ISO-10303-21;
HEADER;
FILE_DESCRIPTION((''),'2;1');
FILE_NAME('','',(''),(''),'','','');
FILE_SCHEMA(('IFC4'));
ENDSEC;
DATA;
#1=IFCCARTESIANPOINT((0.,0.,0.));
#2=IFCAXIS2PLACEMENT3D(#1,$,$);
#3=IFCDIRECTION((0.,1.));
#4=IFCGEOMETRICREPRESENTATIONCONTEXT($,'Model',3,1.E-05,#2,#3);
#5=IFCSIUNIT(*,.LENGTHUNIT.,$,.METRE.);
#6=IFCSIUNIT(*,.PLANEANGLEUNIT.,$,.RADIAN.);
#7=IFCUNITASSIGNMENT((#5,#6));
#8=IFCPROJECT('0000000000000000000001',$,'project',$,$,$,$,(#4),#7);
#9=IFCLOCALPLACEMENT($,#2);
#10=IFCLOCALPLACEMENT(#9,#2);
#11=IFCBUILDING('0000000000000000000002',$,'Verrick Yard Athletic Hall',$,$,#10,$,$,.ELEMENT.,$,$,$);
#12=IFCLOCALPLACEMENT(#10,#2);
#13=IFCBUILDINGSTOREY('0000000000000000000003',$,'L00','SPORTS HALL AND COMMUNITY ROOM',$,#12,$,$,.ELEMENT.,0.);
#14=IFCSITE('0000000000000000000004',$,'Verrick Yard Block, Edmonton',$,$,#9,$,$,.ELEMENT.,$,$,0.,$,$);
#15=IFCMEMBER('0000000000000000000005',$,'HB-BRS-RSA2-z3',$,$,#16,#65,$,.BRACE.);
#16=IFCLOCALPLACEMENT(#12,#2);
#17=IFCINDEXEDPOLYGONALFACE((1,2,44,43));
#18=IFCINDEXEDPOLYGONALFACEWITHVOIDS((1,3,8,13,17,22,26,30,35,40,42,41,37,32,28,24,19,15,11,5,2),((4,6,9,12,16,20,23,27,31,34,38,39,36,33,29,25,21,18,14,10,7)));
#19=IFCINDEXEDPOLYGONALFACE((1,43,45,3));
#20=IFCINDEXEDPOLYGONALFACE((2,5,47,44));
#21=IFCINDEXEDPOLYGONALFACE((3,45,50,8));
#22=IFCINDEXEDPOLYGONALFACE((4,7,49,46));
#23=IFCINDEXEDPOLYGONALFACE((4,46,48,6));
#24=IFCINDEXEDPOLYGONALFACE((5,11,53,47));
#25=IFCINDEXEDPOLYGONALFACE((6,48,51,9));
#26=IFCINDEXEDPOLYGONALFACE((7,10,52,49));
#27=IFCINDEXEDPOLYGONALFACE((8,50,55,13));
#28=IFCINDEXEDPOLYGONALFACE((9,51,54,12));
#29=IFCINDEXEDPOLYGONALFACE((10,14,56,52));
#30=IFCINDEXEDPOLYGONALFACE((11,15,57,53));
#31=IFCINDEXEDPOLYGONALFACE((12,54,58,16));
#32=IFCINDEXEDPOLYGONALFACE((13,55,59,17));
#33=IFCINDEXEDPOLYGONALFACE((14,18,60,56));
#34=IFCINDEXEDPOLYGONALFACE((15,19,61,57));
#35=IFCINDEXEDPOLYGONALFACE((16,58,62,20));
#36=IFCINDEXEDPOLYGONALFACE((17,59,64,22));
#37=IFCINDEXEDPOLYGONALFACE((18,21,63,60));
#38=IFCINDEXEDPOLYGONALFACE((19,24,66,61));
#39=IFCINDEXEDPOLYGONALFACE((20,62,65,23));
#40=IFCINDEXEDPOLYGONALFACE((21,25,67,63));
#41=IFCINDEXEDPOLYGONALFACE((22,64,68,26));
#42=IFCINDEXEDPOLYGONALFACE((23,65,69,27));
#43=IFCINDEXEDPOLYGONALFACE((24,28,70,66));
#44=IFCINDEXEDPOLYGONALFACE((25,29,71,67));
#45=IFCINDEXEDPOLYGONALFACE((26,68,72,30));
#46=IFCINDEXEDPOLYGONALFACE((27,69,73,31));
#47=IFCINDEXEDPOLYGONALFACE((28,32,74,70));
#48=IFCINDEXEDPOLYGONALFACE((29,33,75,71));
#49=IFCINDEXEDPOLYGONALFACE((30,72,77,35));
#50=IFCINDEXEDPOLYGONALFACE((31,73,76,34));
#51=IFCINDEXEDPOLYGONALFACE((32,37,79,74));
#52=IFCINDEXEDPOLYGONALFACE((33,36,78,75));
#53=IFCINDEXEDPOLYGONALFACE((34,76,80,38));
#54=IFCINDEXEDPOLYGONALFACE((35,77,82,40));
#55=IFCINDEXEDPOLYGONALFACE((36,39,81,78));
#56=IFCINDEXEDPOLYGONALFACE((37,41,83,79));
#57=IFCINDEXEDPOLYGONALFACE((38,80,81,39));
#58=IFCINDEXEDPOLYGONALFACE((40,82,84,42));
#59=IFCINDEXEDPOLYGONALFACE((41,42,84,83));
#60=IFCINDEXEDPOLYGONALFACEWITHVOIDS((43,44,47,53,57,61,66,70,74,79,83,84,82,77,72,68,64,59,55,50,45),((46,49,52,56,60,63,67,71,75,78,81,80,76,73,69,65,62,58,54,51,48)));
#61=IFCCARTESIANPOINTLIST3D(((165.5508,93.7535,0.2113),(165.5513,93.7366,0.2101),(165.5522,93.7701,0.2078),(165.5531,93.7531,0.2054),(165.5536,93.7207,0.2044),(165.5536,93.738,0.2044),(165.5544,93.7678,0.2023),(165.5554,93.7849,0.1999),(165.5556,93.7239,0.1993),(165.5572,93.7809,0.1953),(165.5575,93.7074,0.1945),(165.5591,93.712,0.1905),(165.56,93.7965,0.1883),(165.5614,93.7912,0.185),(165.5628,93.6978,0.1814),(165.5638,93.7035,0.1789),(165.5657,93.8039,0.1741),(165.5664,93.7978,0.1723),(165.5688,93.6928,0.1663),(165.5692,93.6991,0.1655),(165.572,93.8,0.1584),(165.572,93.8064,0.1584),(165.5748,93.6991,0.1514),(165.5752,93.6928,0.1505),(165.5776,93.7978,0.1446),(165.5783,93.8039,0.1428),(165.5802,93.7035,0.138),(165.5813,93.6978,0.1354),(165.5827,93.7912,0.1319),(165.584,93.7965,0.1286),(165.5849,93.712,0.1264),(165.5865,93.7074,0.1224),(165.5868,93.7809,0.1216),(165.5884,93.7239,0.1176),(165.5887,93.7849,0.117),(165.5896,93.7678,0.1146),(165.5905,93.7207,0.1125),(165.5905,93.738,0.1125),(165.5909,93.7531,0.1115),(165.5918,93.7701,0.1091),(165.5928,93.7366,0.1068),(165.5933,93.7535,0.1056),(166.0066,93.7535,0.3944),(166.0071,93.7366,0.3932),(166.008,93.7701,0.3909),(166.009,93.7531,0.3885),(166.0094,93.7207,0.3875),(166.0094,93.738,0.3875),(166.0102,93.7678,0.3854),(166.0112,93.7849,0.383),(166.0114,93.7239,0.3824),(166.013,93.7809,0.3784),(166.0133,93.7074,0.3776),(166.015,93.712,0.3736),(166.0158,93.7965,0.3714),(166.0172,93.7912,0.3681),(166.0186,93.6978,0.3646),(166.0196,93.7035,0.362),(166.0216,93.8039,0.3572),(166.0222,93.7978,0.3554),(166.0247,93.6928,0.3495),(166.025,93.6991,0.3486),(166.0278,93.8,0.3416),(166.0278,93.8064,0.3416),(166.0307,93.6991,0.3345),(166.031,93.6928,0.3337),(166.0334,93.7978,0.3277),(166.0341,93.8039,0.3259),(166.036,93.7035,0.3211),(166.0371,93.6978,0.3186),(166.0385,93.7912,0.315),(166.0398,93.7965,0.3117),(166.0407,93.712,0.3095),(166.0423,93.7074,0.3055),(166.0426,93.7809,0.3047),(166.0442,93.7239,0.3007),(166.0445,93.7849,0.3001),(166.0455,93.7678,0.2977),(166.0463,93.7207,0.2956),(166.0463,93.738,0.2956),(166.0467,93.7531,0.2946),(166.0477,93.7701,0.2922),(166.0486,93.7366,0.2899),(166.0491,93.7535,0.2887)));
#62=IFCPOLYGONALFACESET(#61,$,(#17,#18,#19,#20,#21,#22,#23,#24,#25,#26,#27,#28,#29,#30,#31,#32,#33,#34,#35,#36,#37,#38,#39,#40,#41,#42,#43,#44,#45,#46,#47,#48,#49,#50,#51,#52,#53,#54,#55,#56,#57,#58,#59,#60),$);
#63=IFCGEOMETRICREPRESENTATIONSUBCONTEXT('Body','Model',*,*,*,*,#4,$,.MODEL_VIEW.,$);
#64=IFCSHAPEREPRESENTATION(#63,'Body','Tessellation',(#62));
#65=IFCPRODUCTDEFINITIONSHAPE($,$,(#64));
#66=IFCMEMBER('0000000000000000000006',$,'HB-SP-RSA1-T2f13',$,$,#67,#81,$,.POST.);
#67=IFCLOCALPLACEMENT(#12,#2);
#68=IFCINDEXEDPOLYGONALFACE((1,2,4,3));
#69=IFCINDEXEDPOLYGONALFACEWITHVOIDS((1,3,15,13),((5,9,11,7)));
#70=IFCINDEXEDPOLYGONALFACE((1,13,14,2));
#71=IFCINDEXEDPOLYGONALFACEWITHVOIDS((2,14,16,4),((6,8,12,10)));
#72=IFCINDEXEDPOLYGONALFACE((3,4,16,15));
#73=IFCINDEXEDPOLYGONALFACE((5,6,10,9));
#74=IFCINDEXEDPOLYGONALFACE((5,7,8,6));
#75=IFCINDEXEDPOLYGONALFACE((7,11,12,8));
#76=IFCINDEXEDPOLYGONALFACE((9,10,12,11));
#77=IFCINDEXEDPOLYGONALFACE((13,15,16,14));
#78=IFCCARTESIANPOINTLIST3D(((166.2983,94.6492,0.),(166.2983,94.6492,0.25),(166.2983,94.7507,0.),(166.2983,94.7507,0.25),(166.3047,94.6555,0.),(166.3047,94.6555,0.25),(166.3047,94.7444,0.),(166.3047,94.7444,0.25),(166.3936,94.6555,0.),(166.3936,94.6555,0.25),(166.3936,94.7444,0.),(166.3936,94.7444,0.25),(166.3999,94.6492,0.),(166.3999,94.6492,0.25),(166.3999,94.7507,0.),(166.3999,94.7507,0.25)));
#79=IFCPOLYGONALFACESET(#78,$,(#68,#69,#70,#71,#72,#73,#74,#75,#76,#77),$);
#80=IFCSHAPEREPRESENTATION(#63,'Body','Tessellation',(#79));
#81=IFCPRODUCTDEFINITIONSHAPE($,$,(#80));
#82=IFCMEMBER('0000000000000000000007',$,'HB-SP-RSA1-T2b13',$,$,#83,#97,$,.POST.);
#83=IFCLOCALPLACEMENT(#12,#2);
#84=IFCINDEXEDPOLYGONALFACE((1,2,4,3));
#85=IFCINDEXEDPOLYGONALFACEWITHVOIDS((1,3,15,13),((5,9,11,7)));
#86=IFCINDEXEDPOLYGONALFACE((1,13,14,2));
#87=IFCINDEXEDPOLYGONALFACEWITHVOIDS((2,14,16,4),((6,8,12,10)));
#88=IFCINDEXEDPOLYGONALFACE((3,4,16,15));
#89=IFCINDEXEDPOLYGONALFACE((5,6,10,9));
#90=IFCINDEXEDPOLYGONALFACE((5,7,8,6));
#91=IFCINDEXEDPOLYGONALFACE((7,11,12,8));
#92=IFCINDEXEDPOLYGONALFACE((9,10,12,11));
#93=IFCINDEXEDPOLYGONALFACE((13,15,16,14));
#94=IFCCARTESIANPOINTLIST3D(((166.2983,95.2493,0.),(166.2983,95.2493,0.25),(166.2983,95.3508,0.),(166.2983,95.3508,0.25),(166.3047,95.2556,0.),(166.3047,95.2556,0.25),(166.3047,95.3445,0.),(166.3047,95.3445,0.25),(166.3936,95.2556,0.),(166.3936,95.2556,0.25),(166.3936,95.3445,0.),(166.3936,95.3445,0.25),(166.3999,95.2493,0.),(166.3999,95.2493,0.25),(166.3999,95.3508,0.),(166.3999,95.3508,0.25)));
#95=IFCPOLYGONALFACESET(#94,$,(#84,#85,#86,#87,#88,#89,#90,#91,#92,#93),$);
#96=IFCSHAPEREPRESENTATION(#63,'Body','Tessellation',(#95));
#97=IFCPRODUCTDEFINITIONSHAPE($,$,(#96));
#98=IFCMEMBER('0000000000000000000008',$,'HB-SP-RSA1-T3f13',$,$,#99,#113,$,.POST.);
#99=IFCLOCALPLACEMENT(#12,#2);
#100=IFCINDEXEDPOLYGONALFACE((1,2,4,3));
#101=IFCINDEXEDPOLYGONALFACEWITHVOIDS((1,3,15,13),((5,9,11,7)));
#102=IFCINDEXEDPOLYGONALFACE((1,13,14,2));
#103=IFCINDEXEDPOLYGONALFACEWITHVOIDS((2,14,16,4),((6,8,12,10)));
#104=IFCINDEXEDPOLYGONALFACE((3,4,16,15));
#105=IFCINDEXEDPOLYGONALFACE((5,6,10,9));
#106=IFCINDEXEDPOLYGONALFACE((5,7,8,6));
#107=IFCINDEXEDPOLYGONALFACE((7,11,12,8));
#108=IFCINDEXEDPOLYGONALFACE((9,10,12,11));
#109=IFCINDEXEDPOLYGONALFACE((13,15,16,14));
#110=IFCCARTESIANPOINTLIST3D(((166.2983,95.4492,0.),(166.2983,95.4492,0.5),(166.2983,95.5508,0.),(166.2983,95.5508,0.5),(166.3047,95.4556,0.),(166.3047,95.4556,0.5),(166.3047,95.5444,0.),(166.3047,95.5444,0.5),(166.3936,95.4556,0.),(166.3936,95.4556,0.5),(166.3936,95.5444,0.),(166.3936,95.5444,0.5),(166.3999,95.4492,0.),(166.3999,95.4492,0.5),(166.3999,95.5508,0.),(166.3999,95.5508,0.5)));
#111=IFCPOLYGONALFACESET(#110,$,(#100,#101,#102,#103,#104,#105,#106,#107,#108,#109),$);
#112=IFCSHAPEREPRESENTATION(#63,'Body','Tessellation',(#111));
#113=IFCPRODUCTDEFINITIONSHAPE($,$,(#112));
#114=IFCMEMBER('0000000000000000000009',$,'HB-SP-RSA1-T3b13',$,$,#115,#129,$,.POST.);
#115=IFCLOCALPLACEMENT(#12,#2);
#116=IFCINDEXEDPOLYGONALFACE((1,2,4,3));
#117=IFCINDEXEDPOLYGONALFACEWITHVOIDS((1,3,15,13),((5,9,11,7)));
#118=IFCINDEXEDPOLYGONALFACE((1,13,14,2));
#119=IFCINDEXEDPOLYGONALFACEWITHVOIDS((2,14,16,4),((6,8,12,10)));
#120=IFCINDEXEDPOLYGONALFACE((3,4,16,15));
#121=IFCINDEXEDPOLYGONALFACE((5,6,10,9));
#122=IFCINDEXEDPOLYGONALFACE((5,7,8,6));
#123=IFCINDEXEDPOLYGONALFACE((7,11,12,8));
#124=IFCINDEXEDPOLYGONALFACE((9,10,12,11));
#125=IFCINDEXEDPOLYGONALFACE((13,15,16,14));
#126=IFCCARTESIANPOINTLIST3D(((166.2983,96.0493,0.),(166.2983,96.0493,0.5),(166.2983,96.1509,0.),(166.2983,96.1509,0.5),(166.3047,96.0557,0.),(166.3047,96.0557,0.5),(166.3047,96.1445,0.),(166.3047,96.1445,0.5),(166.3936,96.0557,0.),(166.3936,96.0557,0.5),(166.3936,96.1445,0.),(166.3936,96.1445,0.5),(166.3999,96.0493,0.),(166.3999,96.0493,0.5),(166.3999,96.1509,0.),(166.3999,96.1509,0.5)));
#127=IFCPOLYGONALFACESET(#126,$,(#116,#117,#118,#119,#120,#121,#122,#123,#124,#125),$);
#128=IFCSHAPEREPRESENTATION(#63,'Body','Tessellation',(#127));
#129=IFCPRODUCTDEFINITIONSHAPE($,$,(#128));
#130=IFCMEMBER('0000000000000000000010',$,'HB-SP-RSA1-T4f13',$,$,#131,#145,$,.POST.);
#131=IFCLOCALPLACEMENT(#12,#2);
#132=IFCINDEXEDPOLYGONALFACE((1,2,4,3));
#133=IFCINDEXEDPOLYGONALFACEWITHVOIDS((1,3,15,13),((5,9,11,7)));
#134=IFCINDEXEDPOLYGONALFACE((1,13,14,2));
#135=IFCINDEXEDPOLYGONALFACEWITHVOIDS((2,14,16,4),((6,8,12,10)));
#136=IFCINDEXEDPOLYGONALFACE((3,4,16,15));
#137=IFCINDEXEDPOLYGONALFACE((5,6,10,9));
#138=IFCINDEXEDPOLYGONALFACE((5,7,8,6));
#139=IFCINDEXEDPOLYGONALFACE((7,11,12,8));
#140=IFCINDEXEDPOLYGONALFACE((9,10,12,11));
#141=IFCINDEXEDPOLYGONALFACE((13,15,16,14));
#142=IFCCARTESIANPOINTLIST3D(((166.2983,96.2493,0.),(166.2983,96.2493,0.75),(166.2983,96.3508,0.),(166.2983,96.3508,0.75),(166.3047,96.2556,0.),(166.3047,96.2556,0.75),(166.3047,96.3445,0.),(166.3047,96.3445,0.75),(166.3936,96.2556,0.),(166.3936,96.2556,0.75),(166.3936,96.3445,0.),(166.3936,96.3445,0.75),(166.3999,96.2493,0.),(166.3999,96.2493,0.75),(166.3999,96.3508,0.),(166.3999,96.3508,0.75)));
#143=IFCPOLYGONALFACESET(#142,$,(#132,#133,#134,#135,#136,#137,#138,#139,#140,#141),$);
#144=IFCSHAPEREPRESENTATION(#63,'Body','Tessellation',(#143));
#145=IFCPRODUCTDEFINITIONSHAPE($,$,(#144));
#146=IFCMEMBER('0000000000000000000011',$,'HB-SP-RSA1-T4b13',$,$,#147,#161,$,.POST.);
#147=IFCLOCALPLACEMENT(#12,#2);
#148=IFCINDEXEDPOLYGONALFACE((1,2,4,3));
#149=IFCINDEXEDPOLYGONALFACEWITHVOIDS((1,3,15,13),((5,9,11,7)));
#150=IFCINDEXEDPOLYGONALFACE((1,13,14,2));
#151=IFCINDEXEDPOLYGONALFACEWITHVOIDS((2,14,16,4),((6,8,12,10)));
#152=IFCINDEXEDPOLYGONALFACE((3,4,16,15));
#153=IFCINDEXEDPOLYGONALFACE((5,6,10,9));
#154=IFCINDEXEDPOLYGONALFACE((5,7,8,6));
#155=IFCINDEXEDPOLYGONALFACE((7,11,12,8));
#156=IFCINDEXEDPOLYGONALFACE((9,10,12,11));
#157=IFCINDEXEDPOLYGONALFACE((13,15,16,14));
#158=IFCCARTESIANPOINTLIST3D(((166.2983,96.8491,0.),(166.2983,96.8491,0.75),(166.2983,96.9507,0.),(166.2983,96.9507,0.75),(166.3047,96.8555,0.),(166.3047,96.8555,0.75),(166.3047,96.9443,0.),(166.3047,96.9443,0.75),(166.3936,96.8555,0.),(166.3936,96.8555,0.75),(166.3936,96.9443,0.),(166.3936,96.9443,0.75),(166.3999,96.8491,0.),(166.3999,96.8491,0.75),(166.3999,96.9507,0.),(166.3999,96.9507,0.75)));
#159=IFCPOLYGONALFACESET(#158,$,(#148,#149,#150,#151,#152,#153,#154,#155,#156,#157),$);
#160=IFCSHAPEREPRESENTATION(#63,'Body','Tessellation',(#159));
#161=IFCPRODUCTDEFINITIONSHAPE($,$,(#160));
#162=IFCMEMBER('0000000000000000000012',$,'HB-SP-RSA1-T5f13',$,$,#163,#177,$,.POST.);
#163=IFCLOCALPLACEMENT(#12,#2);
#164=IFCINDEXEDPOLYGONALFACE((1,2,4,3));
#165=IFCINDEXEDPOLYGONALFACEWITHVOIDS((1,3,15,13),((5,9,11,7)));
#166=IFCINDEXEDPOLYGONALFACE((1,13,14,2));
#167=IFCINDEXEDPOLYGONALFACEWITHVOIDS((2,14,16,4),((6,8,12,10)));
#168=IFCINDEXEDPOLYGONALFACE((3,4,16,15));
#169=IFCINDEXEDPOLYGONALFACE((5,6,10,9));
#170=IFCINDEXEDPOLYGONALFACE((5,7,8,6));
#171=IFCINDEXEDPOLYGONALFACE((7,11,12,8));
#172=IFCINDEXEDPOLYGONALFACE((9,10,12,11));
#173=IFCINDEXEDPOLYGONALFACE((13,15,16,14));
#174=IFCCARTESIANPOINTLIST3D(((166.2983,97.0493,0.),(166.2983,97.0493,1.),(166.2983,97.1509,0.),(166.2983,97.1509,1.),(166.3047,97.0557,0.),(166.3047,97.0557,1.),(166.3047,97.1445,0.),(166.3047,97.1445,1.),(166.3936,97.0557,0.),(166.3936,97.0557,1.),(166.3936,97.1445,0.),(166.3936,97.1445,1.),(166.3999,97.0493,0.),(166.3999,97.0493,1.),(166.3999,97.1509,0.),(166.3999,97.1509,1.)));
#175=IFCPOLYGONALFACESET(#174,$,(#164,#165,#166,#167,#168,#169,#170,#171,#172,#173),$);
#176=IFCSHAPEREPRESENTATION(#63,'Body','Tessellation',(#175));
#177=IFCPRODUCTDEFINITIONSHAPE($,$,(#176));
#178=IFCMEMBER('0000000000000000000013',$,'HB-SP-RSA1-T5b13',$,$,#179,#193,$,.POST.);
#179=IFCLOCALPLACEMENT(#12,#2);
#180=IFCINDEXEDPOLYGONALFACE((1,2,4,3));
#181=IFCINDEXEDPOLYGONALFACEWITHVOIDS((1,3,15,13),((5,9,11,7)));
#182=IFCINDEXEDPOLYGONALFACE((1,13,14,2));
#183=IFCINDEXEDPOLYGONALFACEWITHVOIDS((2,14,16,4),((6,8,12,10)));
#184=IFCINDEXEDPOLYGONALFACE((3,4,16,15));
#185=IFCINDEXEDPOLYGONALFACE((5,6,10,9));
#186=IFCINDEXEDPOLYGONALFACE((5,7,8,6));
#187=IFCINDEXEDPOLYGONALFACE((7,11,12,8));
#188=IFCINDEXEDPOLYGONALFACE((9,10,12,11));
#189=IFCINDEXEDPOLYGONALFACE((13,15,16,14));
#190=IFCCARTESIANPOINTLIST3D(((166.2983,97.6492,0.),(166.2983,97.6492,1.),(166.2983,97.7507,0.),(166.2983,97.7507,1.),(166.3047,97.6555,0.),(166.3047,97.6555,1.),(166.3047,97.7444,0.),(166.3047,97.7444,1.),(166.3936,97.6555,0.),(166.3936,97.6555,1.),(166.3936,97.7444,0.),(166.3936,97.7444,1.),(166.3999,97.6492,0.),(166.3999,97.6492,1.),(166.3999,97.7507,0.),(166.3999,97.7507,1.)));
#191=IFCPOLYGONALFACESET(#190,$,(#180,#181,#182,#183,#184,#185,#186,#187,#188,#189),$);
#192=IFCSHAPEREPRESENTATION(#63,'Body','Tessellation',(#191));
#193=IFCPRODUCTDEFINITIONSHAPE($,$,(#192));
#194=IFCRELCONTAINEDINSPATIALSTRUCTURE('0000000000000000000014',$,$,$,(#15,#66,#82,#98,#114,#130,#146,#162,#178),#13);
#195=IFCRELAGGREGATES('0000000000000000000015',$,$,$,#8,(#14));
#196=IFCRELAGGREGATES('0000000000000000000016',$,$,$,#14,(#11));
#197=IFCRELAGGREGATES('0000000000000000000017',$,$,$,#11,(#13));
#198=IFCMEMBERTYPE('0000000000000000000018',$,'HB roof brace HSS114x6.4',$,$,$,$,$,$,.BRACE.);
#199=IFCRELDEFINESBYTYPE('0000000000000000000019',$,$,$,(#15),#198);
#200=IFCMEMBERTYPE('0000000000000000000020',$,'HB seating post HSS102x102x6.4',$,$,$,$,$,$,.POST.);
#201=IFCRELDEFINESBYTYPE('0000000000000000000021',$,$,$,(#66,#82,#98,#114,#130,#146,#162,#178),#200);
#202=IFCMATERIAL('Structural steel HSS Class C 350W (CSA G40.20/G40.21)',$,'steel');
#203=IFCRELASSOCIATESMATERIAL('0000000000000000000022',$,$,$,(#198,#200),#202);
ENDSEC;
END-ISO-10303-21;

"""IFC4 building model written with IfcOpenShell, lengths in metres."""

from ifc_helpers import new_model, si_unit, direction, frame, origin, origin_2d, place, context, subcontext, project, spatial, hollow_rectangle, hollow_circle, extrude, material, material_profile, profile_set, type_object, element, save


model = new_model("IFC4")

# Units and contexts
model_context = context("Model", 3, precision=1e-05, world=origin(), true_north=direction((0.0, 1.0)))
body_context = subcontext(model_context, "Body", "Model", "MODEL_VIEW")
ifc_project = project(units=[si_unit("LENGTHUNIT", "METRE"), si_unit("PLANEANGLEUNIT", "RADIAN")], contexts=[model_context])

# Site, building, storey
site_placement = place(None, origin())
site = spatial("IfcSite", under=ifc_project, at=site_placement, Name="Verrick Yard Block, Edmonton", CompositionType="ELEMENT", RefElevation=0.0)
building_placement = place(site_placement, origin())
building = spatial("IfcBuilding", under=site, at=building_placement, Name="Verrick Yard Athletic Hall", CompositionType="ELEMENT")
storey_placement = place(building_placement, origin())
storey = spatial("IfcBuildingStorey", under=building, at=storey_placement, Name="L00", Description="SPORTS HALL AND COMMUNITY ROOM", CompositionType="ELEMENT", Elevation=0.0)

# Members
ifc_material = material(Name="Structural steel HSS Class C 350W (CSA G40.20/G40.21)", Category="steel")
ifc_material_profile_1 = material_profile(ifc_material, hollow_circle(Radius=0.0571, WallThickness=0.0063, at=origin_2d()), Name="HSS114x6.4")
ifc_profile_set_1 = profile_set([ifc_material_profile_1], Name="Structural steel HSS Class C 350W (CSA G40.20/G40.21)")
member_type_1 = type_object("IfcMemberType", Name="HB roof brace HSS114x6.4", PredefinedType="BRACE", material=ifc_profile_set_1)
member_1_placement = place(storey_placement, frame((165.572, 93.7493, 0.1584), z_axis=(0.927927, 0.0, 0.372761), x_axis=(0.0, 1.0, 0.0)))
element("IfcMember", 1, at=member_1_placement, inside=storey, type_object=member_type_1, Name="HB-BRS-RSA2-z3", PredefinedType="BRACE", context=body_context, shape_type="SweptSolid", body=[
    extrude(hollow_circle(Radius=0.0571, WallThickness=0.0063, at=origin_2d()), origin(), (0.0, 0.0, 1.0), 0.4912),
])
ifc_material_profile_2 = material_profile(ifc_material, hollow_rectangle(XDim=0.1016, YDim=0.1016, WallThickness=0.0063, at=origin_2d()), Name="HSS102x102x6.4")
ifc_profile_set_2 = profile_set([ifc_material_profile_2], Name="Structural steel HSS Class C 350W (CSA G40.20/G40.21)")
member_type_2 = type_object("IfcMemberType", Name="HB seating post HSS102x102x6.4", PredefinedType="POST", material=ifc_profile_set_2)
for number, where, z_axis, x_axis, name in (
    (2, (166.3491, 94.7, 0.0), (0.0, 0.0, 1.0), (0.0, 1.0, 0.0), "HB-SP-RSA1-T2f13"),
    (3, (166.3491, 95.3, 0.0), (0.0, 0.0, 1.0), (0.0, 1.0, 0.0), "HB-SP-RSA1-T2b13"),
):
    element("IfcMember", number, at=place(storey_placement, frame(where, z_axis=z_axis, x_axis=x_axis)), inside=storey, type_object=member_type_2, Name=name, PredefinedType="POST", context=body_context, shape_type="SweptSolid", body=[
        extrude(hollow_rectangle(XDim=0.1016, YDim=0.1016, WallThickness=0.0063, at=origin_2d()), origin(), (0.0, 0.0, 1.0), 0.25),
    ])
for number, where, z_axis, x_axis, name in (
    (4, (166.3491, 95.5, 0.0), (0.0, 0.0, 1.0), (0.0, 1.0, 0.0), "HB-SP-RSA1-T3f13"),
    (5, (166.3491, 96.1001, 0.0), (0.0, 0.0, 1.0), (0.0, 1.0, 0.0), "HB-SP-RSA1-T3b13"),
):
    element("IfcMember", number, at=place(storey_placement, frame(where, z_axis=z_axis, x_axis=x_axis)), inside=storey, type_object=member_type_2, Name=name, PredefinedType="POST", context=body_context, shape_type="SweptSolid", body=[
        extrude(hollow_rectangle(XDim=0.1016, YDim=0.1016, WallThickness=0.0063, at=origin_2d()), origin(), (0.0, 0.0, 1.0), 0.5),
    ])
for number, where, z_axis, x_axis, name in (
    (6, (166.3491, 96.3, 0.0), (0.0, 0.0, 1.0), (0.0, 1.0, 0.0), "HB-SP-RSA1-T4f13"),
    (7, (166.3491, 96.8999, 0.0), (0.0, 0.0, 1.0), (0.0, 1.0, 0.0), "HB-SP-RSA1-T4b13"),
):
    element("IfcMember", number, at=place(storey_placement, frame(where, z_axis=z_axis, x_axis=x_axis)), inside=storey, type_object=member_type_2, Name=name, PredefinedType="POST", context=body_context, shape_type="SweptSolid", body=[
        extrude(hollow_rectangle(XDim=0.1016, YDim=0.1016, WallThickness=0.0063, at=origin_2d()), origin(), (0.0, 0.0, 1.0), 0.75),
    ])
for number, where, z_axis, x_axis, name in (
    (8, (166.3491, 97.1001, 0.0), (0.0, 0.0, 1.0), (0.0, 1.0, 0.0), "HB-SP-RSA1-T5f13"),
    (9, (166.3491, 97.7, 0.0), (0.0, 0.0, 1.0), (0.0, 1.0, 0.0), "HB-SP-RSA1-T5b13"),
):
    element("IfcMember", number, at=place(storey_placement, frame(where, z_axis=z_axis, x_axis=x_axis)), inside=storey, type_object=member_type_2, Name=name, PredefinedType="POST", context=body_context, shape_type="SweptSolid", body=[
        extrude(hollow_rectangle(XDim=0.1016, YDim=0.1016, WallThickness=0.0063, at=origin_2d()), origin(), (0.0, 0.0, 1.0), 1.0),
    ])

save(model, "model.ifc")
